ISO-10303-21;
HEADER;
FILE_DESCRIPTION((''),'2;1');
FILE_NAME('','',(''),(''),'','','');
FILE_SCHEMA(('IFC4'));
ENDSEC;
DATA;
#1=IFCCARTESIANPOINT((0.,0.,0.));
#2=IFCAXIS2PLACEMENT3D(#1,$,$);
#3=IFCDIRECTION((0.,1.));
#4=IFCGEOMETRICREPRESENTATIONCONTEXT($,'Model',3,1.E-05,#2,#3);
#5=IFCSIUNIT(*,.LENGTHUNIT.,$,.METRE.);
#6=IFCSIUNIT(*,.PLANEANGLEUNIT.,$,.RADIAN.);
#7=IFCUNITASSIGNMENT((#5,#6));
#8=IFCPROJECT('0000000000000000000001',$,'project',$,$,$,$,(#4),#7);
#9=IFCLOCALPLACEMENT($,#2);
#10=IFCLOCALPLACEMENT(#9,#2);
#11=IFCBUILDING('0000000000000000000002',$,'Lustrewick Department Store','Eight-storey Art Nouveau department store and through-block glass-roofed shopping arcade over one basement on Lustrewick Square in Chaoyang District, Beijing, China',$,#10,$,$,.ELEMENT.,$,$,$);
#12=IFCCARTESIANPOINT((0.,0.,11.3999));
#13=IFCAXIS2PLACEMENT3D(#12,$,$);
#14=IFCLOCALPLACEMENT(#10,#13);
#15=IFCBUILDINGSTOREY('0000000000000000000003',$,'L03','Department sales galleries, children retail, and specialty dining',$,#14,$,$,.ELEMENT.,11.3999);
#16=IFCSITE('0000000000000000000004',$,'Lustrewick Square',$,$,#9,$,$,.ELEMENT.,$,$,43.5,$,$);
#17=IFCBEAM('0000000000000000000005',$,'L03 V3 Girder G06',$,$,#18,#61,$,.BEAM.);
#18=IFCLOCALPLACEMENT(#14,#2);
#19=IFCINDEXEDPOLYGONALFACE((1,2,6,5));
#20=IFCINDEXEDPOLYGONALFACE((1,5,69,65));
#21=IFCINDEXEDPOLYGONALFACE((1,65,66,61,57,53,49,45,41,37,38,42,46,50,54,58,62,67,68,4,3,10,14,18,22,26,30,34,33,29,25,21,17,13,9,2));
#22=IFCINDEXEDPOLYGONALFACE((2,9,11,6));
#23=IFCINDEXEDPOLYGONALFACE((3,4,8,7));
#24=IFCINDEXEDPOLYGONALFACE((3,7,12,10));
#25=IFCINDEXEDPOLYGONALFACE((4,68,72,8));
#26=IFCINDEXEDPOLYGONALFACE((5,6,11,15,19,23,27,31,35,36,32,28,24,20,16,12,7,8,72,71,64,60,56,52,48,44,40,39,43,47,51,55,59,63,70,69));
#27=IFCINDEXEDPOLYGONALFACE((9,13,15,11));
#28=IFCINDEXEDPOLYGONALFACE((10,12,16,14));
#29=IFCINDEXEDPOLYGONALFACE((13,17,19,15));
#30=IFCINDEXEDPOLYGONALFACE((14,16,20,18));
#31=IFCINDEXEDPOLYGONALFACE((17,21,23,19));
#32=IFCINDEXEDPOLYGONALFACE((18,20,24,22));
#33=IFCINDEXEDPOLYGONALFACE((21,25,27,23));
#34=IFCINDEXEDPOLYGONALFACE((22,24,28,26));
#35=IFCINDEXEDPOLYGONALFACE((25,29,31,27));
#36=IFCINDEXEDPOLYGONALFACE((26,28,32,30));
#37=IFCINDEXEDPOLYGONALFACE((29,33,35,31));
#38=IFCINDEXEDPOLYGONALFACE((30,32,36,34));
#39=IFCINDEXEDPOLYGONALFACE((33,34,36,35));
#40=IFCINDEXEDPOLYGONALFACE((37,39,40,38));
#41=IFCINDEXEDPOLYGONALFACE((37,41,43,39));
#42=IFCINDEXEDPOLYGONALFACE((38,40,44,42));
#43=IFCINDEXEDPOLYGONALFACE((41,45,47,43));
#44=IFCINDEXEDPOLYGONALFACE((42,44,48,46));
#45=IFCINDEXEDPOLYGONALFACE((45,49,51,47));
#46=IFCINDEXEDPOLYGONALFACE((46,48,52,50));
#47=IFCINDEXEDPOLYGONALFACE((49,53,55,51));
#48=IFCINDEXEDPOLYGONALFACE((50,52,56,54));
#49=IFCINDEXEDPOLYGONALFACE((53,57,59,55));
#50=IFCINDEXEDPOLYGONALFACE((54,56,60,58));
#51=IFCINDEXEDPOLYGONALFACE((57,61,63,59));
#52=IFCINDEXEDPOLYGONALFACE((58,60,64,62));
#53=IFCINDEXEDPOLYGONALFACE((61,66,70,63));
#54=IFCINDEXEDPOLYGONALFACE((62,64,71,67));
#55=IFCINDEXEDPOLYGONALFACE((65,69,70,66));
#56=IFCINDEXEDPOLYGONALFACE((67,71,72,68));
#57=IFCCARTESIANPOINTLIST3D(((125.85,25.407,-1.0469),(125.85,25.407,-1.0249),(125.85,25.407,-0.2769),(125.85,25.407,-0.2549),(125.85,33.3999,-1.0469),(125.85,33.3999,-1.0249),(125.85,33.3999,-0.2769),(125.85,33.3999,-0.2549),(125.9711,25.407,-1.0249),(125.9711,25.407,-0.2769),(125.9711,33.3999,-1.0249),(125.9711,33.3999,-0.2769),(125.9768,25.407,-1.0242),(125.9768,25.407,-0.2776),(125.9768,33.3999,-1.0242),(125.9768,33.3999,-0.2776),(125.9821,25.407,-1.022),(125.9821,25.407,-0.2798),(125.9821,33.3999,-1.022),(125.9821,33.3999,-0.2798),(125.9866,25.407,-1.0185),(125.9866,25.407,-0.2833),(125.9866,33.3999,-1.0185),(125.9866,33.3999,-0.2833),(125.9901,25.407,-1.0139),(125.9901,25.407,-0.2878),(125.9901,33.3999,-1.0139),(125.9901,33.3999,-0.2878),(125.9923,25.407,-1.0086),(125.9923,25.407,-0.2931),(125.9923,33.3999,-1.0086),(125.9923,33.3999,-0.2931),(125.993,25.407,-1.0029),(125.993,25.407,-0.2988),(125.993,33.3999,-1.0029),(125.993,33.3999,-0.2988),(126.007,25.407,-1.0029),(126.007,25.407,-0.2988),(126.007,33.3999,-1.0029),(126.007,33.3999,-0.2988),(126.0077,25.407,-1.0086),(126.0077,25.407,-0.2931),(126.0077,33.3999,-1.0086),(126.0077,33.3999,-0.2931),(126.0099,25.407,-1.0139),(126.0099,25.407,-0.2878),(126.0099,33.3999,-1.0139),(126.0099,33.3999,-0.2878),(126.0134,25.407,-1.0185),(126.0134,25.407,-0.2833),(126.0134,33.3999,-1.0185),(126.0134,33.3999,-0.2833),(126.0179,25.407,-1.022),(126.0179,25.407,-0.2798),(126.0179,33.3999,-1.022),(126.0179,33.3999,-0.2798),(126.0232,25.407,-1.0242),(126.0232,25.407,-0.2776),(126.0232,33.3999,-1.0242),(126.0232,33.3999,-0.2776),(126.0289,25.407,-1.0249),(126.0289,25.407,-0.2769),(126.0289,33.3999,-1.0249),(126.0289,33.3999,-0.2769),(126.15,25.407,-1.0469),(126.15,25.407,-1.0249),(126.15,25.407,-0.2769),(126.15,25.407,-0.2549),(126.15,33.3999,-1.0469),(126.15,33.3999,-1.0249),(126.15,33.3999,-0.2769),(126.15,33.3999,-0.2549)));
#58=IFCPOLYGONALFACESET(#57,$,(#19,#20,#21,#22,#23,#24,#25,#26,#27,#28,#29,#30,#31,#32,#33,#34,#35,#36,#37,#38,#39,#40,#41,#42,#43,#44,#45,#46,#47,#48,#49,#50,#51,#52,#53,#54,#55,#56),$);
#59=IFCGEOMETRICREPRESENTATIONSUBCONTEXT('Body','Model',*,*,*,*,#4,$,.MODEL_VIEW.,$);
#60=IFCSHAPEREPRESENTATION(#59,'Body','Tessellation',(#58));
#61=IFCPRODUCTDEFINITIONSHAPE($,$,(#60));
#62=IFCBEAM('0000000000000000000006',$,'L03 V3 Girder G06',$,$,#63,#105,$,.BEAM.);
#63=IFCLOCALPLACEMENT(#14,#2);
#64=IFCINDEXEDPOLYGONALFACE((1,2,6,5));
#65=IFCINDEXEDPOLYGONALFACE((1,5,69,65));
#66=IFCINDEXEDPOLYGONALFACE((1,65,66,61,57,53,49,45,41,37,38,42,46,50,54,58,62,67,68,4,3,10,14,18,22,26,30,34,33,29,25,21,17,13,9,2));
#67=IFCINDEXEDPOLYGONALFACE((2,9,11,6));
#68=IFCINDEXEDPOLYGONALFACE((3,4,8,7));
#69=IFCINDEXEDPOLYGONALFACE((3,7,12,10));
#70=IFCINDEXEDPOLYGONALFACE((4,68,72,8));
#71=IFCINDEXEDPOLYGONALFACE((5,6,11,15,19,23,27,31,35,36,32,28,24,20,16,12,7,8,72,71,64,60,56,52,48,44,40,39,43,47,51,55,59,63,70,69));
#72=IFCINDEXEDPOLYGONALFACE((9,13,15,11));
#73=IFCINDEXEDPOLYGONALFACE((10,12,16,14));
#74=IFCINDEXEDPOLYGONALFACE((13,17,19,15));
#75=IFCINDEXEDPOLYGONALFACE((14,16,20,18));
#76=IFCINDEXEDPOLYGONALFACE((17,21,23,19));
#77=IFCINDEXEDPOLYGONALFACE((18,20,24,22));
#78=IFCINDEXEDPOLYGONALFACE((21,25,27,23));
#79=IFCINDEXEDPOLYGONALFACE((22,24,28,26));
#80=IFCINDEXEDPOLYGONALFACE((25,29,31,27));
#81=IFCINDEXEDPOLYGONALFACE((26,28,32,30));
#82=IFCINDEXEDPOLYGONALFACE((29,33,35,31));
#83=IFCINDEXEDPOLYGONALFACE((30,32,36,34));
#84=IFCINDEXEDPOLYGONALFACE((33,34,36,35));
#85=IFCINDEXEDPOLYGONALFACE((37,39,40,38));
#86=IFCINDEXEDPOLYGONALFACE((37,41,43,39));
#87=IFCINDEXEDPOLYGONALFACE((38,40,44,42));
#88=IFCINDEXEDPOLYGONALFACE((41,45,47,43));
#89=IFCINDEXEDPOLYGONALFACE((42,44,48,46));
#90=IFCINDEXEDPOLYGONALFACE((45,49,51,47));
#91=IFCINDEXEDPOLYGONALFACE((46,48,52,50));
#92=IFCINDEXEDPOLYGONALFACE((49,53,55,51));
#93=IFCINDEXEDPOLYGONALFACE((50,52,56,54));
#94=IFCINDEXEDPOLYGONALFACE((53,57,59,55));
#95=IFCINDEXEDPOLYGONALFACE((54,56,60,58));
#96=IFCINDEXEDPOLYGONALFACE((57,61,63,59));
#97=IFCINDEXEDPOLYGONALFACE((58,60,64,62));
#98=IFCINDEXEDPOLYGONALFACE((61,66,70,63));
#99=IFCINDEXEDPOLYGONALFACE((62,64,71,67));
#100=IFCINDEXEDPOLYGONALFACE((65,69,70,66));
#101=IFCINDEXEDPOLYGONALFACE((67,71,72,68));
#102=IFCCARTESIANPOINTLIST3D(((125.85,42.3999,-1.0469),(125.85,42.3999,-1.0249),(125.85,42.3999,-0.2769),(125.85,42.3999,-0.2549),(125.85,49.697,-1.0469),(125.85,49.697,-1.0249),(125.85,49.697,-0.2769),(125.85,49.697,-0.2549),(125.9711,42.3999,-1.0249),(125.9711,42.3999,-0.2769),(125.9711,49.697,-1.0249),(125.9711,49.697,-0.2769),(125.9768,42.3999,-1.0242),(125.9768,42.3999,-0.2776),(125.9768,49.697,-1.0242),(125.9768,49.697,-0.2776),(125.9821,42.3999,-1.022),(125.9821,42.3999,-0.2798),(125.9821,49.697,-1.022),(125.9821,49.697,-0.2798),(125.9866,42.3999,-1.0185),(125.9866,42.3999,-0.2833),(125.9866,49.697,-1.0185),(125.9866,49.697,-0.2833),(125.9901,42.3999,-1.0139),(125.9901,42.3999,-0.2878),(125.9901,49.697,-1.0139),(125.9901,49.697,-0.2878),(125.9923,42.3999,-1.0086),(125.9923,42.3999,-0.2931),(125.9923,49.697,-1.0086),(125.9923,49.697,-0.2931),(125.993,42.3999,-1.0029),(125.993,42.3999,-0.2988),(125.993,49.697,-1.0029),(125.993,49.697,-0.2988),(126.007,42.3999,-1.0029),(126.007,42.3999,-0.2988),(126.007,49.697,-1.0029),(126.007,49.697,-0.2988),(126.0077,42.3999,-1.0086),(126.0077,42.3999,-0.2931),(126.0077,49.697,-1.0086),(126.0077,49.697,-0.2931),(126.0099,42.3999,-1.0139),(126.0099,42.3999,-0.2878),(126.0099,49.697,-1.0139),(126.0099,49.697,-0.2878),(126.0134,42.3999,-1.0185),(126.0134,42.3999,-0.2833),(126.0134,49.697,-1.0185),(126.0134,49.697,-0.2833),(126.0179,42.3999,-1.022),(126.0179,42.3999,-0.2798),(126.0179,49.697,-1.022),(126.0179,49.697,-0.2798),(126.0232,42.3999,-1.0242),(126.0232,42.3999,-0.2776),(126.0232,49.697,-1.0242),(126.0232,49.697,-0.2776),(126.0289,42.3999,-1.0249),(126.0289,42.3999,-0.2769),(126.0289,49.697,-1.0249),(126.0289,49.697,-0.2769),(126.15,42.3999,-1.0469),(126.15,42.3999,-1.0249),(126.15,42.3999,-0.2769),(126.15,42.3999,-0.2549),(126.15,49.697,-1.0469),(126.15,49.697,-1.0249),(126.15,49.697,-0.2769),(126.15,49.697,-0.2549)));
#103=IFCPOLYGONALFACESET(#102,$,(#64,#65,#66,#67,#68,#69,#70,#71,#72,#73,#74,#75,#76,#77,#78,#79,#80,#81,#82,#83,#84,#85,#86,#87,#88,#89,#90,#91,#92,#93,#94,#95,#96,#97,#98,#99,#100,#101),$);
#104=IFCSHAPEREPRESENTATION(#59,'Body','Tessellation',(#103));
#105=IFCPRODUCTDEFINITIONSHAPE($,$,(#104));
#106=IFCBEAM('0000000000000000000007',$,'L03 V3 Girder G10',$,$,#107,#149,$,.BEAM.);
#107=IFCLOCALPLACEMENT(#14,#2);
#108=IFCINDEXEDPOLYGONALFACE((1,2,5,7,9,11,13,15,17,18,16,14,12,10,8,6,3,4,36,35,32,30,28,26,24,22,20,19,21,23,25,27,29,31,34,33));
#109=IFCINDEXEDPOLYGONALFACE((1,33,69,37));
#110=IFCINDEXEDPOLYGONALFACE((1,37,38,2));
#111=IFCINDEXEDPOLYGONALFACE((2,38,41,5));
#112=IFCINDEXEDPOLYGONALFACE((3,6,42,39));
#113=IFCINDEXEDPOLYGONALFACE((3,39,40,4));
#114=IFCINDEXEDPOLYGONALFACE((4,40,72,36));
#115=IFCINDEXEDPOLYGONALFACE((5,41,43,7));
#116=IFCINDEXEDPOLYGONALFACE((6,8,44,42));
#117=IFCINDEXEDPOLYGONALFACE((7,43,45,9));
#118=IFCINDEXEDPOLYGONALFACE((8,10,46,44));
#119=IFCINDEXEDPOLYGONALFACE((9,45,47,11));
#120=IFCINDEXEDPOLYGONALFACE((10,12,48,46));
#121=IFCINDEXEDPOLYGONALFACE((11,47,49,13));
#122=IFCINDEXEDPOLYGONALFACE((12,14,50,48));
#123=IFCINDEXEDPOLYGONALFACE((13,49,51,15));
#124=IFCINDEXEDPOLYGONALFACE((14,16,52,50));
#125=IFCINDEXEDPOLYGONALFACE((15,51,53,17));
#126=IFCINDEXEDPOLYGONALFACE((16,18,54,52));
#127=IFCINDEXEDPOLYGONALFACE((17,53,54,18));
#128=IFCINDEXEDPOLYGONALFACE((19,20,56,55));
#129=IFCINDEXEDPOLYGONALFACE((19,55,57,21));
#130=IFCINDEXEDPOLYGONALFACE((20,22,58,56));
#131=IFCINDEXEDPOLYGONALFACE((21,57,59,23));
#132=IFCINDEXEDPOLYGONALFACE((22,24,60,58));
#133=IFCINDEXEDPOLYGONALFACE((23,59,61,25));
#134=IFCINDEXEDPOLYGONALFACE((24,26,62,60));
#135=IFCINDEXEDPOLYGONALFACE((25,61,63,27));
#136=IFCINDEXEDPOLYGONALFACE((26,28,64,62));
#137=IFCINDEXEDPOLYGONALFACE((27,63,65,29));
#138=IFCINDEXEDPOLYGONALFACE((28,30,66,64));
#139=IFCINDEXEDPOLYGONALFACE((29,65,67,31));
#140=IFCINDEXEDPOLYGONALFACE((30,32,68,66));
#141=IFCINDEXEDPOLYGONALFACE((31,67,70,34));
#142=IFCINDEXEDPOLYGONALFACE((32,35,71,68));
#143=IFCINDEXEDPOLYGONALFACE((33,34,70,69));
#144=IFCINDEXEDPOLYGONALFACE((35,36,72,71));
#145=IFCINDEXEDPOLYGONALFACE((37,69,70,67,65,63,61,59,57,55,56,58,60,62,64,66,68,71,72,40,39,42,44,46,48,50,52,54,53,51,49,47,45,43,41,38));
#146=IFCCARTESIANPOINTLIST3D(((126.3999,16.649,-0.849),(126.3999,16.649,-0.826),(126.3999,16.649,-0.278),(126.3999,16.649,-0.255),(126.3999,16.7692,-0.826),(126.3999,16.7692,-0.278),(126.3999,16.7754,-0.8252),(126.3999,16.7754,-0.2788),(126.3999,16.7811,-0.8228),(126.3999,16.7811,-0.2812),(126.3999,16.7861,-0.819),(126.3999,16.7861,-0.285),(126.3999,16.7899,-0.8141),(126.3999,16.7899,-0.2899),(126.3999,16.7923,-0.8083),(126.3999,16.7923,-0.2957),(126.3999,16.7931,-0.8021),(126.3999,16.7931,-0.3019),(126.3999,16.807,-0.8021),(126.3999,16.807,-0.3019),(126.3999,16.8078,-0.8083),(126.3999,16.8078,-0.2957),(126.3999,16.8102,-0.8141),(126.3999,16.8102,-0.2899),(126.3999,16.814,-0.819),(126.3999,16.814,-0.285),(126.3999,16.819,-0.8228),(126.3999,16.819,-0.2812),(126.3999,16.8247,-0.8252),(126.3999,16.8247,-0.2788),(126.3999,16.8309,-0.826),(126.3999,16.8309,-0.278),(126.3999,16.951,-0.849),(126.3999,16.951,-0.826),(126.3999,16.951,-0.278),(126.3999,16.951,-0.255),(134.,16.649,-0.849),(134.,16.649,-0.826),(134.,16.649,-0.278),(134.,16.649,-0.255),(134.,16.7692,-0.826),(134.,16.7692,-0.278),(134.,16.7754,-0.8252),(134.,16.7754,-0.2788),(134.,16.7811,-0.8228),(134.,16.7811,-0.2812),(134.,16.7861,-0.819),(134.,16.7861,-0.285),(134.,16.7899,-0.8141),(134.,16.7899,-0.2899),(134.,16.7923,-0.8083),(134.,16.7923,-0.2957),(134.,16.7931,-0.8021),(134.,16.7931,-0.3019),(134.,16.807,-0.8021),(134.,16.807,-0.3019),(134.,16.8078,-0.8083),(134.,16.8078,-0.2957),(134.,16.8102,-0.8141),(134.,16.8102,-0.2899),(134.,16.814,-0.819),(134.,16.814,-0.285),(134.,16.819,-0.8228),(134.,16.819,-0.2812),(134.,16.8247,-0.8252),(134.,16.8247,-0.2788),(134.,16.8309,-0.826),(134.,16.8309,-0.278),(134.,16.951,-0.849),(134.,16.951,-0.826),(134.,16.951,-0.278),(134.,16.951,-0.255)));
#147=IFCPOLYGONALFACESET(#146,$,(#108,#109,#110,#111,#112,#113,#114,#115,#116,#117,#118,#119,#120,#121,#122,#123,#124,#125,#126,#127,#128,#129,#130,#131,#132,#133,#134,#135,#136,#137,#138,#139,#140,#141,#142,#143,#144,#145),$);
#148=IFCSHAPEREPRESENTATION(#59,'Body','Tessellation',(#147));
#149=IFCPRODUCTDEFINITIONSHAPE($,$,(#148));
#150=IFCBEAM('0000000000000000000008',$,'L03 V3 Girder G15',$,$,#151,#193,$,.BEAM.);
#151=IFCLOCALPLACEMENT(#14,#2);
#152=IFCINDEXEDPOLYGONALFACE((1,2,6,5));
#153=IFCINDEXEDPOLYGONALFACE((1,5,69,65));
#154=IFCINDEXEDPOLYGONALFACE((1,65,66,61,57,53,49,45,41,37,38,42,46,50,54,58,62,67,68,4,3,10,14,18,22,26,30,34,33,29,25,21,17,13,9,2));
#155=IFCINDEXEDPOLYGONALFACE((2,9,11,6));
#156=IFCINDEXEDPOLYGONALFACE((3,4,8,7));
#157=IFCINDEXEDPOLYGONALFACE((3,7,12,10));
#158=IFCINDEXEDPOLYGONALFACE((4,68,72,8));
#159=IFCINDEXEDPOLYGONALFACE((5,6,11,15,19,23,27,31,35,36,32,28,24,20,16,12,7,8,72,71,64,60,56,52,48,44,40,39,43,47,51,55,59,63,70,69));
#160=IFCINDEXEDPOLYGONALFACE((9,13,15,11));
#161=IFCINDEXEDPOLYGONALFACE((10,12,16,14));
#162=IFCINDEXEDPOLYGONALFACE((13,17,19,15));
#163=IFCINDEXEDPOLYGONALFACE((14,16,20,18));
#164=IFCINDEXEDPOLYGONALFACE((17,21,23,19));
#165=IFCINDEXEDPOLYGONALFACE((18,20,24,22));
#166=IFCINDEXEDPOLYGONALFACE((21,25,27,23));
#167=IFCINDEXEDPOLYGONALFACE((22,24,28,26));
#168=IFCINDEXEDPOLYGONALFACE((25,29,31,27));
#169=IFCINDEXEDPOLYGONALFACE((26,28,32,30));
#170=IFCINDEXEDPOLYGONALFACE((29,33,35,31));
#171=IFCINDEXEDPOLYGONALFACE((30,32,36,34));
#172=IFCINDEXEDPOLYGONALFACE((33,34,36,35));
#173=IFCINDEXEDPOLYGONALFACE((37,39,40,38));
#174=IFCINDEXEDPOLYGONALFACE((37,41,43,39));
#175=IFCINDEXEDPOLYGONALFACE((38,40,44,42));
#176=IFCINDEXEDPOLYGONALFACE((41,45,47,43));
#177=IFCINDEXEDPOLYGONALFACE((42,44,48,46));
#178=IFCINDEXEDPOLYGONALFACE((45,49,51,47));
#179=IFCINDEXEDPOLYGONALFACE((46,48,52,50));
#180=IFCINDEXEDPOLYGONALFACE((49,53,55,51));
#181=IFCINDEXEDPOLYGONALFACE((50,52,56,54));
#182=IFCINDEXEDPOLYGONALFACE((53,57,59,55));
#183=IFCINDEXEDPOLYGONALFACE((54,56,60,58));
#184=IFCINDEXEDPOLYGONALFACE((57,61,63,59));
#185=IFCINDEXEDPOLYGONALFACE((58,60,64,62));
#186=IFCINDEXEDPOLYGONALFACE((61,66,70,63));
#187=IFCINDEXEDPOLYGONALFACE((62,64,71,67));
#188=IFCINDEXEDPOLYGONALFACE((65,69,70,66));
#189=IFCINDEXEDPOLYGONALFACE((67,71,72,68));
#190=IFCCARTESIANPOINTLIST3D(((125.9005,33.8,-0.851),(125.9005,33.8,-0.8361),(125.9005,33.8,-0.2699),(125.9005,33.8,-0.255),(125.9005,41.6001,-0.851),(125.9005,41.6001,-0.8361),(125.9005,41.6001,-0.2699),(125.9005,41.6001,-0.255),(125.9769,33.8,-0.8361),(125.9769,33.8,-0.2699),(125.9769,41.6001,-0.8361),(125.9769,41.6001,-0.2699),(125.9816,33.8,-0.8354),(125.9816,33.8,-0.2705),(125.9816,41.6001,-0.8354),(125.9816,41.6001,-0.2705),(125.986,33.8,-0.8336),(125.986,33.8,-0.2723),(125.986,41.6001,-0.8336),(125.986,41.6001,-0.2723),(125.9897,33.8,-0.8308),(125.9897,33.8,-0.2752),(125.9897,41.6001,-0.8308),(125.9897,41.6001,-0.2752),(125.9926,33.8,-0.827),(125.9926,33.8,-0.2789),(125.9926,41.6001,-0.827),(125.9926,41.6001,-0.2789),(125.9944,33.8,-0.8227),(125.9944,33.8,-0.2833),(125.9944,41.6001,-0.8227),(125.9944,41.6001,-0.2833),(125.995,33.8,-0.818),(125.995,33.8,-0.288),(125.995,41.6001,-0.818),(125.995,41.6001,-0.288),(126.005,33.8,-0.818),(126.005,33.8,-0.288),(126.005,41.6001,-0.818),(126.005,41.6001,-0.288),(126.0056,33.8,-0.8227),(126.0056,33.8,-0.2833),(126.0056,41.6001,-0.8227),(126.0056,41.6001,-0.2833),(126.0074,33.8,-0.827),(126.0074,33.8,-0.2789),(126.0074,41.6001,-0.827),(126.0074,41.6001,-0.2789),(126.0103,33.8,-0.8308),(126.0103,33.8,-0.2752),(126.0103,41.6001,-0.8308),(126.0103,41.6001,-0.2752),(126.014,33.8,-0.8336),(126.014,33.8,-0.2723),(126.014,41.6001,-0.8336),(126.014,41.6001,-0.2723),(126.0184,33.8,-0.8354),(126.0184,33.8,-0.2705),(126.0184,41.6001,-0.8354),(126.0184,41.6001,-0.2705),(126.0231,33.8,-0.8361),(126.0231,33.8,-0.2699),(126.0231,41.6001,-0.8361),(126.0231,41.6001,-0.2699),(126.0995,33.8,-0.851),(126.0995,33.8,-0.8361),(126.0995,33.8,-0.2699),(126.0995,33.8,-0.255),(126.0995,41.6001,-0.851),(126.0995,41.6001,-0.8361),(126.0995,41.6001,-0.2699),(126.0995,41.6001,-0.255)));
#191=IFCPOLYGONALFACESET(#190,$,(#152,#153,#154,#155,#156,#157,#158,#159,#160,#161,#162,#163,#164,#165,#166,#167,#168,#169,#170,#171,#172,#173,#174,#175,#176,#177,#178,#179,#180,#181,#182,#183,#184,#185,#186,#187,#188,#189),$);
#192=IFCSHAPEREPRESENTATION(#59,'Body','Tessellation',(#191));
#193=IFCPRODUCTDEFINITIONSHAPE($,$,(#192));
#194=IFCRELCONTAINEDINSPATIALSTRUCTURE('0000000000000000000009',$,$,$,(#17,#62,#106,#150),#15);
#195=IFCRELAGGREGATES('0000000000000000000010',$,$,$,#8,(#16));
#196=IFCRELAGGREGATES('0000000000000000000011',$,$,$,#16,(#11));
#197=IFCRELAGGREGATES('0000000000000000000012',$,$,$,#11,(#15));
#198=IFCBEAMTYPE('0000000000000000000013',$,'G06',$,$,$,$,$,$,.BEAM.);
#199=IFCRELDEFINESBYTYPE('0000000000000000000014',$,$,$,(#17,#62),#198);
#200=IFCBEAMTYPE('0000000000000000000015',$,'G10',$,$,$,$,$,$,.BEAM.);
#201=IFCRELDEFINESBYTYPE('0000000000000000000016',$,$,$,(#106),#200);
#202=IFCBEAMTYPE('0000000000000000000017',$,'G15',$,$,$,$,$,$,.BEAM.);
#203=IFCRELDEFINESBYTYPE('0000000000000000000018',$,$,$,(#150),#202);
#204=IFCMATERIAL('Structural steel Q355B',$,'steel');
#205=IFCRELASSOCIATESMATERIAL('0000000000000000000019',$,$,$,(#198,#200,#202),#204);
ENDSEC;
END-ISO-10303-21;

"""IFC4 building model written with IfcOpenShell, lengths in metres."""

from ifc_helpers import new_model, si_unit, direction, frame, origin, origin_2d, place, context, subcontext, project, spatial, i_section, extrude, material, material_profile, profile_set, type_object, element, save


model = new_model("IFC4")

# Units and contexts
model_context = context("Model", 3, precision=1e-05, world=origin(), true_north=direction((0.0, 1.0)))
body_context = subcontext(model_context, "Body", "Model", "MODEL_VIEW")
ifc_project = project(units=[si_unit("LENGTHUNIT", "METRE"), si_unit("PLANEANGLEUNIT", "RADIAN")], contexts=[model_context])

# Site, building, storey
site_placement = place(None, origin())
site = spatial("IfcSite", under=ifc_project, at=site_placement, Name="Lustrewick Square", CompositionType="ELEMENT", RefElevation=43.5)
building_placement = place(site_placement, origin())
building = spatial("IfcBuilding", under=site, at=building_placement, Name="Lustrewick Department Store", Description="Eight-storey Art Nouveau department store and through-block glass-roofed shopping arcade over one basement on Lustrewick Square in Chaoyang District, Beijing, China", CompositionType="ELEMENT")
storey_placement = place(building_placement, frame((0.0, 0.0, 11.3999)))
storey = spatial("IfcBuildingStorey", under=building, at=storey_placement, Name="L03", Description="Department sales galleries, children retail, and specialty dining", CompositionType="ELEMENT", Elevation=11.3999)

# Shared definitions
ifc_material_1 = material(Name="Structural steel Q355B", Category="steel")

# Beams
ifc_material_profile_1 = material_profile(ifc_material_1, i_section(OverallWidth=0.3, OverallDepth=0.792, WebThickness=0.0139, FlangeThickness=0.022, FilletRadius=0.022, at=origin_2d()), Name="HN 792x300x14x22")
ifc_profile_set_1 = profile_set([ifc_material_profile_1], Name="Structural steel Q355B")
beam_type_1 = type_object("IfcBeamType", Name="G06", PredefinedType="BEAM", material=ifc_profile_set_1)
beam_1_placement = place(storey_placement, frame((126.0, 25.407, -0.6509), z_axis=(0.0, 1.0, 0.0), x_axis=(-1.0, 0.0, 0.0)))
element("IfcBeam", 1, at=beam_1_placement, inside=storey, type_object=beam_type_1, Name="L03 V3 Girder G06", PredefinedType="BEAM", context=body_context, shape_type="SweptSolid", body=[
    extrude(i_section(OverallWidth=0.3, OverallDepth=0.792, WebThickness=0.0139, FlangeThickness=0.022, FilletRadius=0.022, at=origin_2d()), origin(), (0.0, 0.0, 1.0), 7.9929),
])
beam_2_placement = place(storey_placement, frame((126.0, 42.3999, -0.6509), z_axis=(0.0, 1.0, 0.0), x_axis=(-1.0, 0.0, 0.0)))
element("IfcBeam", 2, at=beam_2_placement, inside=storey, type_object=beam_type_1, Name="L03 V3 Girder G06", PredefinedType="BEAM", context=body_context, shape_type="SweptSolid", body=[
    extrude(i_section(OverallWidth=0.3, OverallDepth=0.792, WebThickness=0.0139, FlangeThickness=0.022, FilletRadius=0.022, at=origin_2d()), origin(), (0.0, 0.0, 1.0), 7.2971),
])
ifc_material_profile_2 = material_profile(ifc_material_1, i_section(OverallWidth=0.302, OverallDepth=0.594, WebThickness=0.0139, FlangeThickness=0.0229, FilletRadius=0.0239, at=origin_2d()), Name="HM 594x302x14x23")
ifc_profile_set_2 = profile_set([ifc_material_profile_2], Name="Structural steel Q355B")
beam_type_2 = type_object("IfcBeamType", Name="G10", PredefinedType="BEAM", material=ifc_profile_set_2)
beam_3_placement = place(storey_placement, frame((126.3999, 16.8, -0.552), z_axis=(1.0, 0.0, 0.0), x_axis=(0.0, 1.0, 0.0)))
element("IfcBeam", 3, at=beam_3_placement, inside=storey, type_object=beam_type_2, Name="L03 V3 Girder G10", PredefinedType="BEAM", context=body_context, shape_type="SweptSolid", body=[
    extrude(i_section(OverallWidth=0.302, OverallDepth=0.594, WebThickness=0.0139, FlangeThickness=0.0229, FilletRadius=0.0239, at=origin_2d()), origin(), (0.0, 0.0, 1.0), 7.6001),
])
ifc_material_profile_3 = material_profile(ifc_material_1, i_section(OverallWidth=0.199, OverallDepth=0.5959, WebThickness=0.01, FlangeThickness=0.0149, FilletRadius=0.0181, at=origin_2d()), Name="HN 596x199x10x15")
ifc_profile_set_3 = profile_set([ifc_material_profile_3], Name="Structural steel Q355B")
beam_type_3 = type_object("IfcBeamType", Name="G15", PredefinedType="BEAM", material=ifc_profile_set_3)
beam_4_placement = place(storey_placement, frame((126.0, 33.8, -0.553), z_axis=(0.0, 1.0, 0.0), x_axis=(-1.0, 0.0, 0.0)))
element("IfcBeam", 4, at=beam_4_placement, inside=storey, type_object=beam_type_3, Name="L03 V3 Girder G15", PredefinedType="BEAM", context=body_context, shape_type="SweptSolid", body=[
    extrude(i_section(OverallWidth=0.199, OverallDepth=0.5959, WebThickness=0.01, FlangeThickness=0.0149, FilletRadius=0.0181, at=origin_2d()), origin(), (0.0, 0.0, 1.0), 7.8),
])

save(model, "model.ifc")
